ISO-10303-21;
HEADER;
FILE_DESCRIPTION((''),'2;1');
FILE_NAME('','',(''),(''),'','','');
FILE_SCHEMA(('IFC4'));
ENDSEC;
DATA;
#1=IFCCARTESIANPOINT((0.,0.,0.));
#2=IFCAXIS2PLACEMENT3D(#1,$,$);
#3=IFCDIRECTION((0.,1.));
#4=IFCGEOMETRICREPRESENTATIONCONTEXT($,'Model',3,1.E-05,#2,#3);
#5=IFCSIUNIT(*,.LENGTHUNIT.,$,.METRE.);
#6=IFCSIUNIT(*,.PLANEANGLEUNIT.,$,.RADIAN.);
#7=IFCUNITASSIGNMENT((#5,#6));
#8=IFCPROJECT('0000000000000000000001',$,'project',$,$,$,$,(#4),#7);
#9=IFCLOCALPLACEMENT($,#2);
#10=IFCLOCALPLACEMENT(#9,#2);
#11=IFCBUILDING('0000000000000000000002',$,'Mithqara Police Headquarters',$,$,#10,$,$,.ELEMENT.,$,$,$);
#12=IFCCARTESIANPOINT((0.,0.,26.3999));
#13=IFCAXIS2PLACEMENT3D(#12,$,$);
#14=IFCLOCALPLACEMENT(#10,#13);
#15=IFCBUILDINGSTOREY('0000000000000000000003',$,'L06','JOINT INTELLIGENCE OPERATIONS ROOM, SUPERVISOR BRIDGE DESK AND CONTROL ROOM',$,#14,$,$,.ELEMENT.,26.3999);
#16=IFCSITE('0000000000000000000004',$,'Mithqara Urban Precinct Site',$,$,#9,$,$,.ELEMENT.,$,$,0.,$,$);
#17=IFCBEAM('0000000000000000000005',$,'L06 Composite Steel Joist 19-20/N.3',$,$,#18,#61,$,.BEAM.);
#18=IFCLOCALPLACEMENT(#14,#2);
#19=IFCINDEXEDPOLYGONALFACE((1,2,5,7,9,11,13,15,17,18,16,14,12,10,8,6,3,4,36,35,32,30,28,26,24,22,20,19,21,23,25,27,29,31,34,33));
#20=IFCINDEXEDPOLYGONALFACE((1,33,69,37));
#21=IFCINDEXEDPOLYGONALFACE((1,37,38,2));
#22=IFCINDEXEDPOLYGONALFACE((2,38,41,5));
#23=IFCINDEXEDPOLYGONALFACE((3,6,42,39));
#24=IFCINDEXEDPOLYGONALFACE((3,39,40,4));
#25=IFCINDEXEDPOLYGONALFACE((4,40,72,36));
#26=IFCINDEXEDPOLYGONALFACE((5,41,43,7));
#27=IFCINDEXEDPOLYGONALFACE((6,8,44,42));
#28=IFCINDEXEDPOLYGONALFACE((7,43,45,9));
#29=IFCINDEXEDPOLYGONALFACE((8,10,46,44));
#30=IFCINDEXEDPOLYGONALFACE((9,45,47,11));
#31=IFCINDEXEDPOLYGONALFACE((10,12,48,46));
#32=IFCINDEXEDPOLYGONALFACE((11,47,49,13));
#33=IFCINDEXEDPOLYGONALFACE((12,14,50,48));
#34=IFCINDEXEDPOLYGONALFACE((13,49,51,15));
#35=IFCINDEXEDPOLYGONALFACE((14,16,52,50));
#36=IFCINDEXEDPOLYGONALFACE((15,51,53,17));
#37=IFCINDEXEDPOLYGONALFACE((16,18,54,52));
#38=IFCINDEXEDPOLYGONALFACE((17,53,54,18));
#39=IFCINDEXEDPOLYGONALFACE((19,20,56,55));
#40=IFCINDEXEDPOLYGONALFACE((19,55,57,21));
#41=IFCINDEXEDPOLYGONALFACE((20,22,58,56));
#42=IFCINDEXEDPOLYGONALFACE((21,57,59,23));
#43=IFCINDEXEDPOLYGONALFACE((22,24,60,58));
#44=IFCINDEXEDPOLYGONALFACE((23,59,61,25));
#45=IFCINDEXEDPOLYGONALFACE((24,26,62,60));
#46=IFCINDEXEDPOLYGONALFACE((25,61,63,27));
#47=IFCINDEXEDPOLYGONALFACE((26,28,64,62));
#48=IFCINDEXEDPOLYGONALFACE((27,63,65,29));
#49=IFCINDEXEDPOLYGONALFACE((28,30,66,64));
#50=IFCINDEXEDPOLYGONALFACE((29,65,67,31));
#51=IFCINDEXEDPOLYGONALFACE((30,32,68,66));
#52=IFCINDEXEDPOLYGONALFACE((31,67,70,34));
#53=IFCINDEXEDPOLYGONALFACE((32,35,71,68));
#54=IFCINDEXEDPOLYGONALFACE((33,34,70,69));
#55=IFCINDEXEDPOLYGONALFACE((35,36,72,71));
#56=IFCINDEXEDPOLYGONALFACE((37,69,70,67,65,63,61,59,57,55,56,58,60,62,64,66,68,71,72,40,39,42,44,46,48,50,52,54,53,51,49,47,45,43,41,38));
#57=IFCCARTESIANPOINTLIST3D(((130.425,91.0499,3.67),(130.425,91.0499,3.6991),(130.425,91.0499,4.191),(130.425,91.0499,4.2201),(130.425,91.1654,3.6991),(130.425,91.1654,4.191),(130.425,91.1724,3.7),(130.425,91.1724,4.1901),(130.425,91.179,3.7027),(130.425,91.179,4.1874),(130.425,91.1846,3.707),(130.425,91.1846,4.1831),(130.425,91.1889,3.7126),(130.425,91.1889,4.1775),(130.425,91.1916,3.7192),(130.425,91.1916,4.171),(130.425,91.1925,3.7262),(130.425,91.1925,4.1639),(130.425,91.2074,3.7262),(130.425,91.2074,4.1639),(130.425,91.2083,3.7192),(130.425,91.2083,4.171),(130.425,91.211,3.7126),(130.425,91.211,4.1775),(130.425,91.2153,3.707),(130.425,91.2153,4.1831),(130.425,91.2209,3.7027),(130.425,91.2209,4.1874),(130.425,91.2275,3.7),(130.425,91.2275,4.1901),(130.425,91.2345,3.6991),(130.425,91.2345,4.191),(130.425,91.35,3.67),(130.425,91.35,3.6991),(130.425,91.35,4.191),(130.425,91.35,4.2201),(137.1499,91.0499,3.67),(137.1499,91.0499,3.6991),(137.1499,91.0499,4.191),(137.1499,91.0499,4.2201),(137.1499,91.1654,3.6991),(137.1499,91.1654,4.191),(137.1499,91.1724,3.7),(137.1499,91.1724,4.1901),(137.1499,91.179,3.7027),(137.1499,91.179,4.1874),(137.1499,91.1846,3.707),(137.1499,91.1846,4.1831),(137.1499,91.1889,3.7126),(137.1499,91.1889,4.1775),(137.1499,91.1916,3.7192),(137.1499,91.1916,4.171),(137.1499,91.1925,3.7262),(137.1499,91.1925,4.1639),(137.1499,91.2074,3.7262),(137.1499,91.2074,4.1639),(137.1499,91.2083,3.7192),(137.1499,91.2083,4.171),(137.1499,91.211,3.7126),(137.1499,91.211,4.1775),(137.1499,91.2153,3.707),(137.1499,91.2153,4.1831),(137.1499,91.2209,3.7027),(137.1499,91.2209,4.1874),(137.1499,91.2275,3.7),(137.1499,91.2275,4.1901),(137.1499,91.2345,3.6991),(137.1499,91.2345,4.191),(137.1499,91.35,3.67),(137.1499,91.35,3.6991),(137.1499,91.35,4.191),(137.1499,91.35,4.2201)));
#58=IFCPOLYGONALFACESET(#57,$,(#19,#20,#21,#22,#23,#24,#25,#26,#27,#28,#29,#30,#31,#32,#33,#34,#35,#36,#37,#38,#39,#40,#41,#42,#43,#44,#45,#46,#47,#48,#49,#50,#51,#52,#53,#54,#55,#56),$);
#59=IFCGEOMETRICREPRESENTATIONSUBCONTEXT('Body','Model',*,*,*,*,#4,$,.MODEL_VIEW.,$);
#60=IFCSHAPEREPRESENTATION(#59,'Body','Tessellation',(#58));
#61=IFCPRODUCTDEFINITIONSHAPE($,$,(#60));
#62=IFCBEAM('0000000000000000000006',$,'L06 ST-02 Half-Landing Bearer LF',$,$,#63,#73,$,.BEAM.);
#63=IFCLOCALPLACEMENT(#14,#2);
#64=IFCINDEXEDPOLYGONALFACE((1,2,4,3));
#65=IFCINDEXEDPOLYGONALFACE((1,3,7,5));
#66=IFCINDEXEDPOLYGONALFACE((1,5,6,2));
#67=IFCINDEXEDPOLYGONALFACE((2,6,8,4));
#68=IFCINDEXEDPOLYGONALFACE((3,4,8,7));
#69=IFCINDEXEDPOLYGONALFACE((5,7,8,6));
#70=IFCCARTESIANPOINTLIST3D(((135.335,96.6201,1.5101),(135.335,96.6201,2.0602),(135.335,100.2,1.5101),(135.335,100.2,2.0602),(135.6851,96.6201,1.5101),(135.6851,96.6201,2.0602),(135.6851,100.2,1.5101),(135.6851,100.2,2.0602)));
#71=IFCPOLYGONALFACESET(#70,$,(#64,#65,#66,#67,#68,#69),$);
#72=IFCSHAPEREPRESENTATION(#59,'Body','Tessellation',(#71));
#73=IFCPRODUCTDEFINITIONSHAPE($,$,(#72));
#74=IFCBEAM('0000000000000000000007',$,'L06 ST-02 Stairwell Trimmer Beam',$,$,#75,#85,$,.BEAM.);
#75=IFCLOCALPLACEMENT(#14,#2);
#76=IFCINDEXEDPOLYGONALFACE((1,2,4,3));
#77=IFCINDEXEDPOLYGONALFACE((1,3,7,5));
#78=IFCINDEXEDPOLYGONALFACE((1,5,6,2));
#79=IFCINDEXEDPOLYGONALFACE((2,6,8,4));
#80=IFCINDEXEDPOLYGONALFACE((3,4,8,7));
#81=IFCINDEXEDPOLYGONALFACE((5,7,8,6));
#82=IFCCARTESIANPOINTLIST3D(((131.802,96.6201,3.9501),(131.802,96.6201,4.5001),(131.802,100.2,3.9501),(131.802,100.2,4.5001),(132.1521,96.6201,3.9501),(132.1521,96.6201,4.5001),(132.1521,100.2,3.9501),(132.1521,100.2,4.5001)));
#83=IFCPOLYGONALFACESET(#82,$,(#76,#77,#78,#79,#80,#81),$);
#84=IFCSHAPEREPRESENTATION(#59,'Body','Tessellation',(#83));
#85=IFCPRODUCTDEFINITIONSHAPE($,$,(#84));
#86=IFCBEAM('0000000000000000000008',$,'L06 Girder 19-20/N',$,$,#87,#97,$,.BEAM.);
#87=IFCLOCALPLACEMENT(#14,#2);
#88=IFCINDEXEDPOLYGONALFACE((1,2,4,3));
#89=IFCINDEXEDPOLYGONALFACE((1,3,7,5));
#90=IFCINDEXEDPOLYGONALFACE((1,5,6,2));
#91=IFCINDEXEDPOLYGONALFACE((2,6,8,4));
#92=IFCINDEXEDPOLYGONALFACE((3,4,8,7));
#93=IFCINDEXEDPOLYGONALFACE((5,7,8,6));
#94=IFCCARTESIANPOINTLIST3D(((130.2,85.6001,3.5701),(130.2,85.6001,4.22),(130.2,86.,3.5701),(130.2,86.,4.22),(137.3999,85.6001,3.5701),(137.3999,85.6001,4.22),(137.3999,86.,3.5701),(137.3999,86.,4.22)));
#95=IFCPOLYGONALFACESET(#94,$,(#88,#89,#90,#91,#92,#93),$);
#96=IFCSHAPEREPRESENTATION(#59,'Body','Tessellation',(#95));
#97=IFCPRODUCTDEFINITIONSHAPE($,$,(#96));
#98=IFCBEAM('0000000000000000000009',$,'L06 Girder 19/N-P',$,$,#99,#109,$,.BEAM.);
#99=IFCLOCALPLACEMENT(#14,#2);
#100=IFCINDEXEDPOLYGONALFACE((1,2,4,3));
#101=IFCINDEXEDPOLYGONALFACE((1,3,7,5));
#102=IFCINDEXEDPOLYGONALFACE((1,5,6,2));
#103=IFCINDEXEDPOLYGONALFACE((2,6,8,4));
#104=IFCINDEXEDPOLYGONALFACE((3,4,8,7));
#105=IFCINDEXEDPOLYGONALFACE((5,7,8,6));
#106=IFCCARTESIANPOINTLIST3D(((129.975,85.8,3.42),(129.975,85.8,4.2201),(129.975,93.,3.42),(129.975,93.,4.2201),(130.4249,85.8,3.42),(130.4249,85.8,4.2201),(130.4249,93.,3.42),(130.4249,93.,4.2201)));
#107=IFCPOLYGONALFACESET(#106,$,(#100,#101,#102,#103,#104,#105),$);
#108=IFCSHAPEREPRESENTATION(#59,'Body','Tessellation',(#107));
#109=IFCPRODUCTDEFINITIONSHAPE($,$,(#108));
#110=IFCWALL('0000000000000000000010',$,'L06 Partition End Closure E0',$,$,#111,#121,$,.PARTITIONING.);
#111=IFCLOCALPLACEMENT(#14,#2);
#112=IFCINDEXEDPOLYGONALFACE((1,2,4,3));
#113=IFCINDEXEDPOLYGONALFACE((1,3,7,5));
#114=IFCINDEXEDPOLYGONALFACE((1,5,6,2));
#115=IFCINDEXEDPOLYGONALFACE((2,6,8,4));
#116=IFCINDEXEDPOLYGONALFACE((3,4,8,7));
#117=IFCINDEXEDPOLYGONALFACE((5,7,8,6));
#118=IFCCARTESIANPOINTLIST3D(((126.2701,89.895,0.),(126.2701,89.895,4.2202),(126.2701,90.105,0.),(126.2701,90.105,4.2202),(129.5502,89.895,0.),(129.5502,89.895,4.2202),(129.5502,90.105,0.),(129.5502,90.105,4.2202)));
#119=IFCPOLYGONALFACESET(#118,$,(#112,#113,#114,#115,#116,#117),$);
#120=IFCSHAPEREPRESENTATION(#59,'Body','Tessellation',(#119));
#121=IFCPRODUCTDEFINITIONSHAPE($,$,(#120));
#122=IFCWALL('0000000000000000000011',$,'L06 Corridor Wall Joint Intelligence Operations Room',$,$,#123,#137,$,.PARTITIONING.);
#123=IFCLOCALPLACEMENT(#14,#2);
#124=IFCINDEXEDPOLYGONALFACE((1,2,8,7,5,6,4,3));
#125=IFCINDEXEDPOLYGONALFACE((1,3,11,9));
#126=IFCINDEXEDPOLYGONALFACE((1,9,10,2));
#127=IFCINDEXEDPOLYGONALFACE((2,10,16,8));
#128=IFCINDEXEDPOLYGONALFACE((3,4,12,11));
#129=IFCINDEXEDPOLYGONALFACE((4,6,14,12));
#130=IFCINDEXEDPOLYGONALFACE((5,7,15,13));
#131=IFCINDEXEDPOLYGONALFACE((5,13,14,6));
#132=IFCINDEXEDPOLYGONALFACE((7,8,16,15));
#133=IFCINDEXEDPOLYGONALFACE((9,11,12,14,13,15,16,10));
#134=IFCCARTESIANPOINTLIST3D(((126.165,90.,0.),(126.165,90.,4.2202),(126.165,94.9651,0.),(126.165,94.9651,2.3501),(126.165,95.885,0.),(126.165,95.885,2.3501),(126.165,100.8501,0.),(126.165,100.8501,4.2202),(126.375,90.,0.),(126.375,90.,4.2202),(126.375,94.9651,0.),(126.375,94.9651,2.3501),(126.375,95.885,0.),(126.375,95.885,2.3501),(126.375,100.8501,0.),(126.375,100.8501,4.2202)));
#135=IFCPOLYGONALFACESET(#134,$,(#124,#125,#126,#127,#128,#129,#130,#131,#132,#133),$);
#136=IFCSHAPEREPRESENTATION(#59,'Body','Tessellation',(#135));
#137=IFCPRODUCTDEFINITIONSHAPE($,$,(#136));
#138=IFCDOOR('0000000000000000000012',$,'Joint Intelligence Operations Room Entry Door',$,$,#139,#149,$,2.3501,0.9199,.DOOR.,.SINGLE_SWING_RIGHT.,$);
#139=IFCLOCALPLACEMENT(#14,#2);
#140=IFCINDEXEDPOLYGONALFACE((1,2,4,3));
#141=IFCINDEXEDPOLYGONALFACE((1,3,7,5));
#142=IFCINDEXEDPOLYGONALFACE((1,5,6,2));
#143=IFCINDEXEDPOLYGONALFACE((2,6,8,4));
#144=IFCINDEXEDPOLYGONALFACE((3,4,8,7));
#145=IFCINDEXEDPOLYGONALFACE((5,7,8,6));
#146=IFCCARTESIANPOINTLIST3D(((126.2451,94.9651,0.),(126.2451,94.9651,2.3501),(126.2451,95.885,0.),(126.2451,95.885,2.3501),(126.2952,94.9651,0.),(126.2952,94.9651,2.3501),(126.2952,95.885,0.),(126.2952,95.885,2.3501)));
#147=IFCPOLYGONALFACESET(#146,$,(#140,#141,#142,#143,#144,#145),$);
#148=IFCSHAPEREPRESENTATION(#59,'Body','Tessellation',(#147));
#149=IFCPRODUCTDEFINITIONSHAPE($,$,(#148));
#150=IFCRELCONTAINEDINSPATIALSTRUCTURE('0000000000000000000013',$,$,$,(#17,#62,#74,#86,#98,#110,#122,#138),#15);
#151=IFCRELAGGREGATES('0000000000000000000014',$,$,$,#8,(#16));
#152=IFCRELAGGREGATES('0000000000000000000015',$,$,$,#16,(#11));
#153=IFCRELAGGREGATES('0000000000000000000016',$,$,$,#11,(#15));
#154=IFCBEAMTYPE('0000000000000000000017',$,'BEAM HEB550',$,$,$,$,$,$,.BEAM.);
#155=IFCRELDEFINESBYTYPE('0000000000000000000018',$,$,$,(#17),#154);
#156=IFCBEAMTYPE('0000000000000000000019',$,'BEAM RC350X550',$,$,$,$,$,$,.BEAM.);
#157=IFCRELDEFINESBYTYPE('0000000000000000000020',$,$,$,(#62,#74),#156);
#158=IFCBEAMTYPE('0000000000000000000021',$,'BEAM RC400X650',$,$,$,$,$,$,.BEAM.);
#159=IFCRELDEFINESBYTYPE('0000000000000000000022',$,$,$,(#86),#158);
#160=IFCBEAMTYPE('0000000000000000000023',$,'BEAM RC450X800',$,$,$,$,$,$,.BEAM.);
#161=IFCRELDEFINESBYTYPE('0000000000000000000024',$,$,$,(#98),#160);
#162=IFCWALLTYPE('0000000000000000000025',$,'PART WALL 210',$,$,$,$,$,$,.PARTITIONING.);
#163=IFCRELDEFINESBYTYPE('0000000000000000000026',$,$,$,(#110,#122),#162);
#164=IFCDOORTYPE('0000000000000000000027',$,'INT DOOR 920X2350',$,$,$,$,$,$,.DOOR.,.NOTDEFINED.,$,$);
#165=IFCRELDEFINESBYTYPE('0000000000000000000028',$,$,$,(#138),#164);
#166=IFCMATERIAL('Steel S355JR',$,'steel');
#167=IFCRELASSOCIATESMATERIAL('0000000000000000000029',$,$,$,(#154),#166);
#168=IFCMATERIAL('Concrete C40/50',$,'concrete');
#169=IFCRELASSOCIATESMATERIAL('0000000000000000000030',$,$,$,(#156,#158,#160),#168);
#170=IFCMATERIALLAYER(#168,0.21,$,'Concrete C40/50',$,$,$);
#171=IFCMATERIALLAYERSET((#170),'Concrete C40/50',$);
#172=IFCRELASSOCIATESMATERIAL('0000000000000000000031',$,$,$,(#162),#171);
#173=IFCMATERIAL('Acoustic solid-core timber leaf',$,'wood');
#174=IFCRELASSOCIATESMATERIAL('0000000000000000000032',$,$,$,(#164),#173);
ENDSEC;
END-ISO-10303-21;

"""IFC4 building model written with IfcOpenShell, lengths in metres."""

from ifc_helpers import new_model, si_unit, direction, frame, frame_2d, origin, origin_2d, place, context, subcontext, project, spatial, rectangle, i_section, extrude, material, layer, layer_set, material_profile, profile_set, type_object, element, fill, save


model = new_model("IFC4")

# Units and contexts
model_context = context("Model", 3, precision=1e-05, world=origin(), true_north=direction((0.0, 1.0)))
body_context = subcontext(model_context, "Body", "Model", "MODEL_VIEW")
ifc_project = project(units=[si_unit("LENGTHUNIT", "METRE"), si_unit("PLANEANGLEUNIT", "RADIAN")], contexts=[model_context])

# Site, building, storey
site_placement = place(None, origin())
site = spatial("IfcSite", under=ifc_project, at=site_placement, Name="Mithqara Urban Precinct Site", CompositionType="ELEMENT", RefElevation=0.0)
building_placement = place(site_placement, origin())
building = spatial("IfcBuilding", under=site, at=building_placement, Name="Mithqara Police Headquarters", CompositionType="ELEMENT")
storey_placement = place(building_placement, frame((0.0, 0.0, 26.3999)))
storey = spatial("IfcBuildingStorey", under=building, at=storey_placement, Name="L06", Description="JOINT INTELLIGENCE OPERATIONS ROOM, SUPERVISOR BRIDGE DESK AND CONTROL ROOM", CompositionType="ELEMENT", Elevation=26.3999)

# Beams
ifc_material_1 = material(Name="Steel S355JR", Category="steel")
ifc_material_profile_1 = material_profile(ifc_material_1, i_section(OverallWidth=0.3, OverallDepth=0.55, WebThickness=0.0149, FlangeThickness=0.0291, FilletRadius=0.0271, at=origin_2d()), Name="HEB 550")
ifc_profile_set_1 = profile_set([ifc_material_profile_1], Name="Steel S355JR")
beam_type_1 = type_object("IfcBeamType", Name="BEAM HEB550", PredefinedType="BEAM", material=ifc_profile_set_1)
for number, where, z_axis, x_axis, name in (
    (1, (130.425, 91.2, 3.9451), (1.0, 0.0, 0.0), (0.0, 1.0, 0.0), "L06 Composite Steel Joist 19-20/N.3"),
):
    element("IfcBeam", number, at=place(storey_placement, frame(where, z_axis=z_axis, x_axis=x_axis)), inside=storey, type_object=beam_type_1, Name=name, PredefinedType="BEAM", context=body_context, shape_type="SweptSolid", body=[
        extrude(i_section(OverallWidth=0.3, OverallDepth=0.55, WebThickness=0.0149, FlangeThickness=0.0291, FilletRadius=0.0271, at=origin_2d()), origin(), (0.0, 0.0, 1.0), 6.7249),
    ])
ifc_material_2 = material(Name="Concrete C40/50", Category="concrete")
ifc_material_profile_2 = material_profile(ifc_material_2, rectangle(XDim=0.3501, YDim=0.55, at=origin_2d()), Name="RC 350x550")
ifc_profile_set_2 = profile_set([ifc_material_profile_2], Name="Concrete C40/50")
beam_type_2 = type_object("IfcBeamType", Name="BEAM RC350X550", PredefinedType="BEAM", material=ifc_profile_set_2)
for number, where, z_axis, x_axis, name in (
    (2, (135.51, 96.6201, 1.7852), (0.0, 1.0, 0.0), (-1.0, 0.0, 0.0), "L06 ST-02 Half-Landing Bearer LF"),
    (3, (131.9771, 96.6201, 4.2251), (0.0, 1.0, 0.0), (-1.0, 0.0, 0.0), "L06 ST-02 Stairwell Trimmer Beam"),
):
    element("IfcBeam", number, at=place(storey_placement, frame(where, z_axis=z_axis, x_axis=x_axis)), inside=storey, type_object=beam_type_2, Name=name, PredefinedType="BEAM", context=body_context, shape_type="SweptSolid", body=[
        extrude(rectangle(XDim=0.3501, YDim=0.55, at=origin_2d()), origin(), (0.0, 0.0, 1.0), 3.5798),
    ])
ifc_material_profile_3 = material_profile(ifc_material_2, rectangle(XDim=0.3999, YDim=0.6499, at=origin_2d()), Name="RC 400x650")
ifc_profile_set_3 = profile_set([ifc_material_profile_3], Name="Concrete C40/50")
beam_type_3 = type_object("IfcBeamType", Name="BEAM RC400X650", PredefinedType="BEAM", material=ifc_profile_set_3)
beam_1_placement = place(storey_placement, frame((130.2, 85.8, 3.895), z_axis=(1.0, 0.0, 0.0), x_axis=(0.0, 1.0, 0.0)))
element("IfcBeam", 4, at=beam_1_placement, inside=storey, type_object=beam_type_3, Name="L06 Girder 19-20/N", PredefinedType="BEAM", context=body_context, shape_type="SweptSolid", body=[
    extrude(rectangle(XDim=0.3999, YDim=0.6499, at=origin_2d()), origin(), (0.0, 0.0, 1.0), 7.2),
])
ifc_material_profile_4 = material_profile(ifc_material_2, rectangle(XDim=0.45, YDim=0.8, at=origin_2d()), Name="RC 450x800")
ifc_profile_set_4 = profile_set([ifc_material_profile_4], Name="Concrete C40/50")
beam_type_4 = type_object("IfcBeamType", Name="BEAM RC450X800", PredefinedType="BEAM", material=ifc_profile_set_4)
beam_2_placement = place(storey_placement, frame((130.2, 85.8, 3.8201), z_axis=(0.0, 1.0, 0.0), x_axis=(-1.0, 0.0, 0.0)))
element("IfcBeam", 5, at=beam_2_placement, inside=storey, type_object=beam_type_4, Name="L06 Girder 19/N-P", PredefinedType="BEAM", context=body_context, shape_type="SweptSolid", body=[
    extrude(rectangle(XDim=0.45, YDim=0.8, at=origin_2d()), origin(), (0.0, 0.0, 1.0), 7.2),
])

# Wall
ifc_layer_1 = layer(ifc_material_2, 0.21, Name="Concrete C40/50")
ifc_layer_set_1 = layer_set([ifc_layer_1], Name="Concrete C40/50")
wall_type_1 = type_object("IfcWallType", Name="PART WALL 210", PredefinedType="PARTITIONING", material=ifc_layer_set_1)
wall_1_placement = place(storey_placement, frame((126.27, 90.0, 0.0), z_axis=(0.0, 0.0, 1.0), x_axis=(1.0, 0.0, 0.0)))
element("IfcWall", 6, at=wall_1_placement, inside=storey, type_object=wall_type_1, Name="L06 Partition End Closure E0", PredefinedType="PARTITIONING", context=body_context, shape_type="SweptSolid", body=[
    extrude(rectangle(XDim=3.28, YDim=0.21, at=frame_2d((1.6401, 0.0))), origin(), (0.0, 0.0, 1.0), 4.2202),
])

# Wall, opening, door
wall_2_placement = place(storey_placement, frame((126.27, 90.0, 0.0), z_axis=(0.0, 0.0, 1.0), x_axis=(0.0, 1.0, 0.0)))
wall_2 = element("IfcWall", 7, at=wall_2_placement, inside=storey, type_object=wall_type_1, Name="L06 Corridor Wall Joint Intelligence Operations Room", PredefinedType="PARTITIONING", context=body_context, shape_type="SweptSolid", body=[
    extrude(rectangle(XDim=10.8501, YDim=0.21, at=frame_2d((5.425, 0.0))), origin(), (0.0, 0.0, 1.0), 4.2202),
])
opening_1_placement = place(wall_2_placement, frame((4.9651, 0.0, 0.0)))
opening_1 = element("IfcOpeningElement", 8, at=opening_1_placement, cuts=wall_2, PredefinedType="OPENING", context=body_context, shape_type="SweptSolid", body=[
    extrude(rectangle(XDim=0.9199, YDim=2.3501, at=frame_2d((0.46, 1.175))), frame((0.0, 0.115, 0.0), z_axis=(0.0, -1.0, 0.0), x_axis=(1.0, 0.0, 0.0)), (0.0, 0.0, 1.0), 0.23),
])
ifc_material_3 = material(Name="Acoustic solid-core timber leaf", Category="wood")
door_type_1 = type_object("IfcDoorType", Name="INT DOOR 920X2350", OperationType="NOTDEFINED", PredefinedType="DOOR", material=ifc_material_3)
door_1_placement = place(opening_1_placement, origin())
door_1 = element("IfcDoor", 9, at=door_1_placement, inside=storey, type_object=door_type_1, Name="Joint Intelligence Operations Room Entry Door", OperationType="SINGLE_SWING_RIGHT", OverallHeight=2.3501, OverallWidth=0.9199, PredefinedType="DOOR", context=body_context, shape_type="SweptSolid", body=[
    extrude(rectangle(XDim=0.9199, YDim=2.3501, at=frame_2d((0.46, 1.175))), frame((0.0, 0.0249, 0.0), z_axis=(0.0, -1.0, 0.0), x_axis=(1.0, 0.0, 0.0)), (0.0, 0.0, 1.0), 0.05),
])
fill(opening_1, door_1)

save(model, "model.ifc")
